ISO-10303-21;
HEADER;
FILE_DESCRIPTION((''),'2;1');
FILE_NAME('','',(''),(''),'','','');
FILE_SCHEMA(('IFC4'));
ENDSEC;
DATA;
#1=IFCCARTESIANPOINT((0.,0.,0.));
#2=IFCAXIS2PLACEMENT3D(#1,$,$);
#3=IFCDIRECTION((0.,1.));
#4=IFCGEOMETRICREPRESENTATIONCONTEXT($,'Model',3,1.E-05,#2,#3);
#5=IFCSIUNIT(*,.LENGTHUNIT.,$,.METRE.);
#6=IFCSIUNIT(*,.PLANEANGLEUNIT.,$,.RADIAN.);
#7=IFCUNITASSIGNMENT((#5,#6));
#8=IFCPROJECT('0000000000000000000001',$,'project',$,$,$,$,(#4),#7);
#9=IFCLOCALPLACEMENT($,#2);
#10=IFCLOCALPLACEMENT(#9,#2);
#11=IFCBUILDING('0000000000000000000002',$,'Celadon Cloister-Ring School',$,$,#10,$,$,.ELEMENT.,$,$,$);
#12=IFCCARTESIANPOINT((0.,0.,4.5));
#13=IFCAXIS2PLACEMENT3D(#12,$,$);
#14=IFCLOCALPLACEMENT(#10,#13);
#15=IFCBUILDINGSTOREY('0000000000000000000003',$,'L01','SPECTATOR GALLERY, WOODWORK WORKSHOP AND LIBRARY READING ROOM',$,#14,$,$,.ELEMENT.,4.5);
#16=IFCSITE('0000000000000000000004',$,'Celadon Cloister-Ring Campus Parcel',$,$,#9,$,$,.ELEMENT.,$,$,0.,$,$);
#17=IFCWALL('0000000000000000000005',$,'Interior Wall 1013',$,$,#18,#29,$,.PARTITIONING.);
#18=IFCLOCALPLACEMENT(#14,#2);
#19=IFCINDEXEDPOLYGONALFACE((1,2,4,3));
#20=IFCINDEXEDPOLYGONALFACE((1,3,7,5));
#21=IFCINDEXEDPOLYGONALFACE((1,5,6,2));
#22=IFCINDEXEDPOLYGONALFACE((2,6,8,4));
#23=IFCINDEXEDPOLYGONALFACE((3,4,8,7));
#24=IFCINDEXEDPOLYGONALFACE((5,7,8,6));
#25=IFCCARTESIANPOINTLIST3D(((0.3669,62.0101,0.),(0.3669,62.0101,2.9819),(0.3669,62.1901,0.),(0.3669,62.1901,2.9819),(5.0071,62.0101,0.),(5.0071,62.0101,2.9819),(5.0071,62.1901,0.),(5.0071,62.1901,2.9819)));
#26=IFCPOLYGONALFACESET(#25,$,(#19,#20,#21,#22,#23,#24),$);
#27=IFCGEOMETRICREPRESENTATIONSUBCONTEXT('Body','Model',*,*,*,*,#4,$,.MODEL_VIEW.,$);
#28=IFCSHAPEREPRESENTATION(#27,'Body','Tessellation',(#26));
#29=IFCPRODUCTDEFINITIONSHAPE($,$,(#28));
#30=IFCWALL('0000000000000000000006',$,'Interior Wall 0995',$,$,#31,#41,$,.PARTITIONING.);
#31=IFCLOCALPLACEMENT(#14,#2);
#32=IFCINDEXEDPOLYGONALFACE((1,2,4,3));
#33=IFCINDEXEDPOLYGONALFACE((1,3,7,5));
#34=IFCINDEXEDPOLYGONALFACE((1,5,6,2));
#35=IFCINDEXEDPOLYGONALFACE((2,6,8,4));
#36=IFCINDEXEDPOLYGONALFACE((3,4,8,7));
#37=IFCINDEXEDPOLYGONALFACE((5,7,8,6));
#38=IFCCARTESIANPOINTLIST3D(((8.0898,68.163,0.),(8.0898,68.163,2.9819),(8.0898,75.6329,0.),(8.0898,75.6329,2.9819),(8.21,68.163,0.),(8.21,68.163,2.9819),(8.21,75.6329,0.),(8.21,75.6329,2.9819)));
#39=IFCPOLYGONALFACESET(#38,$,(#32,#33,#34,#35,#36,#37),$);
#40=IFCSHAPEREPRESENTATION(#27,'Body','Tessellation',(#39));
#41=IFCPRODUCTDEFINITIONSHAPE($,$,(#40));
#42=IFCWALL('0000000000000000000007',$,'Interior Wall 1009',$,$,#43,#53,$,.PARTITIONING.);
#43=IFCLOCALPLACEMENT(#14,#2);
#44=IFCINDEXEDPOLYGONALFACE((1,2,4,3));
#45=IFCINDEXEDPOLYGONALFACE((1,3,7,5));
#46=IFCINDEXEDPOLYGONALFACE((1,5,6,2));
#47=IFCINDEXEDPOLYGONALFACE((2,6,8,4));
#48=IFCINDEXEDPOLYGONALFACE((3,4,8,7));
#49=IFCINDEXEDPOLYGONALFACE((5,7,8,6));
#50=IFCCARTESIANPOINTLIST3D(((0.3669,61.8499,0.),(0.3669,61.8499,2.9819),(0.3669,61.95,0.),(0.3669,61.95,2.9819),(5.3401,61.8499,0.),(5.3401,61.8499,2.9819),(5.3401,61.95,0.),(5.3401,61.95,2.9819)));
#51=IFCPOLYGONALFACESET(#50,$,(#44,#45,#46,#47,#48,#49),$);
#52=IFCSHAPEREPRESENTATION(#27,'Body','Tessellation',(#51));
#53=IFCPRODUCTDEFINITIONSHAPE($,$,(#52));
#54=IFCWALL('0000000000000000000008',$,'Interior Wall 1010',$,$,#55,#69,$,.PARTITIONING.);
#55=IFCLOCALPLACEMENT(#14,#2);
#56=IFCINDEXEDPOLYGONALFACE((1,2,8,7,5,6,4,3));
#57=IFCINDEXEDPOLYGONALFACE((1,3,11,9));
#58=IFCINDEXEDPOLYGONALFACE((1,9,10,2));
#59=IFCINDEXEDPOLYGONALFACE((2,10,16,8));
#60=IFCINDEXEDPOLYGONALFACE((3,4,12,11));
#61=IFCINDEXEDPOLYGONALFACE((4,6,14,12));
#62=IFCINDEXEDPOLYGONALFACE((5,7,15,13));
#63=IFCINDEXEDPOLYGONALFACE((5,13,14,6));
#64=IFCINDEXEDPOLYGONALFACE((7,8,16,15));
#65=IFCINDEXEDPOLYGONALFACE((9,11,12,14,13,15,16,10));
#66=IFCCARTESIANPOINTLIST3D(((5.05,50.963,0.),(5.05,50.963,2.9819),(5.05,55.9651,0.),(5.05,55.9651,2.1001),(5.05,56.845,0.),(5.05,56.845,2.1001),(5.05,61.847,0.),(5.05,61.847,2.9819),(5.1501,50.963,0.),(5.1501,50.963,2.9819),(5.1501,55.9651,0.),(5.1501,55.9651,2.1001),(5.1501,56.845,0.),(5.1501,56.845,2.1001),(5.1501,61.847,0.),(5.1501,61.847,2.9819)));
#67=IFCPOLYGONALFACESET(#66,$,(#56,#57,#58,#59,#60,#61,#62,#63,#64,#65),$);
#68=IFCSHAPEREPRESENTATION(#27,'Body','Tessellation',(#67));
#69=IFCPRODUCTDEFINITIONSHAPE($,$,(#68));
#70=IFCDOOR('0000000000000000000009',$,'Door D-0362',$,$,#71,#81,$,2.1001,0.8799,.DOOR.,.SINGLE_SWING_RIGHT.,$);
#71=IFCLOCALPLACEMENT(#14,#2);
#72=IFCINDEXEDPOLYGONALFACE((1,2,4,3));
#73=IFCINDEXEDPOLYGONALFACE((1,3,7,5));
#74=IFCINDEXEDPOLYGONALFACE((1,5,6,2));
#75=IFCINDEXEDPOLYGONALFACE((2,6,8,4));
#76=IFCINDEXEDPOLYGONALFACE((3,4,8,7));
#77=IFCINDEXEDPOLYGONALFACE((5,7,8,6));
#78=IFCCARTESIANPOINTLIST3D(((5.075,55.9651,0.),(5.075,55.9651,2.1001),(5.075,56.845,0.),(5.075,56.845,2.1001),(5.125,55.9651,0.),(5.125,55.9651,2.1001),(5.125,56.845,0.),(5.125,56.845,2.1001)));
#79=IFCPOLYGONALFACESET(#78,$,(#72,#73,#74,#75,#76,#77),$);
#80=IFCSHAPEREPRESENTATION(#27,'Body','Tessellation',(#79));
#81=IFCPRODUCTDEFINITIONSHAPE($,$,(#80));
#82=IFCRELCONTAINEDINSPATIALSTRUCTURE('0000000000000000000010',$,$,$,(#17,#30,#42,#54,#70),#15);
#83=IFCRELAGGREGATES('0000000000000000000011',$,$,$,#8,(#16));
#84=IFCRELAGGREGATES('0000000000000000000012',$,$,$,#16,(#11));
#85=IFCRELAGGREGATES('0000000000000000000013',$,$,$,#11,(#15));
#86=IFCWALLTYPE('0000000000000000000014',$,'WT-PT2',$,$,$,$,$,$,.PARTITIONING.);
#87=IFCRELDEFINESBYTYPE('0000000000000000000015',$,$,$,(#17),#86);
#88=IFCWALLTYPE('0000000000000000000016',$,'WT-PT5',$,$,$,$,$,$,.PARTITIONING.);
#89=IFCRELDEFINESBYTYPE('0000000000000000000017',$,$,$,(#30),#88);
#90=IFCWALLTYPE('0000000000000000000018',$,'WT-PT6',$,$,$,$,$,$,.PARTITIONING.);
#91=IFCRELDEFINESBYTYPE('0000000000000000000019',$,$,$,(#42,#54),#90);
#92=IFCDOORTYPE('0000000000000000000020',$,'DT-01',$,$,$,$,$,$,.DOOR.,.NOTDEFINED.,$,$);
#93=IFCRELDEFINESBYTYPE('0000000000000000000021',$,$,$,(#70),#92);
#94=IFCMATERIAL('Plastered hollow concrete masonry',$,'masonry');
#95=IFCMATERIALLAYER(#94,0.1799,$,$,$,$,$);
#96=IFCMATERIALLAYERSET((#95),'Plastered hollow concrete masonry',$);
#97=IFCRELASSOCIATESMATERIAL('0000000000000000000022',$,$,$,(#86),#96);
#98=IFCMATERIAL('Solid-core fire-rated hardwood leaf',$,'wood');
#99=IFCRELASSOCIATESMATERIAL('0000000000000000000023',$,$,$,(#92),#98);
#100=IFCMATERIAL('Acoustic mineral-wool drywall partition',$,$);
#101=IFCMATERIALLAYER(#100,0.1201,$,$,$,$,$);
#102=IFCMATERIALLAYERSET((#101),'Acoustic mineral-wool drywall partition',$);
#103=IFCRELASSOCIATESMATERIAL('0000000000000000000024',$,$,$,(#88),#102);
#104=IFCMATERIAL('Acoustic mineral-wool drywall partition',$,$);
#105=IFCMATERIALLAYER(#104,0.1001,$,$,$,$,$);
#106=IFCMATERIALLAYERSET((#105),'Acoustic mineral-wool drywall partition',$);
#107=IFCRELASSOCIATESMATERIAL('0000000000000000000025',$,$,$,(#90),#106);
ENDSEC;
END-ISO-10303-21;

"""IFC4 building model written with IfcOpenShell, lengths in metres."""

from ifc_helpers import new_model, si_unit, direction, frame, frame_2d, origin, place, context, subcontext, project, spatial, rectangle, extrude, material, layer, layer_set, type_object, element, fill, save


model = new_model("IFC4")

# Units and contexts
model_context = context("Model", 3, precision=1e-05, world=origin(), true_north=direction((0.0, 1.0)))
body_context = subcontext(model_context, "Body", "Model", "MODEL_VIEW")
ifc_project = project(units=[si_unit("LENGTHUNIT", "METRE"), si_unit("PLANEANGLEUNIT", "RADIAN")], contexts=[model_context])

# Site, building, storey
site_placement = place(None, origin())
site = spatial("IfcSite", under=ifc_project, at=site_placement, Name="Celadon Cloister-Ring Campus Parcel", CompositionType="ELEMENT", RefElevation=0.0)
building_placement = place(site_placement, origin())
building = spatial("IfcBuilding", under=site, at=building_placement, Name="Celadon Cloister-Ring School", CompositionType="ELEMENT")
storey_placement = place(building_placement, frame((0.0, 0.0, 4.5)))
storey = spatial("IfcBuildingStorey", under=building, at=storey_placement, Name="L01", Description="SPECTATOR GALLERY, WOODWORK WORKSHOP AND LIBRARY READING ROOM", CompositionType="ELEMENT", Elevation=4.5)

# Shared definitions
ifc_material_1 = material(Name="Plastered hollow concrete masonry", Category="masonry")
ifc_layer_1 = layer(ifc_material_1, 0.1799)
ifc_layer_set_1 = layer_set([ifc_layer_1], Name="Plastered hollow concrete masonry")
wall_type_1 = type_object("IfcWallType", Name="WT-PT2", PredefinedType="PARTITIONING", material=ifc_layer_set_1)

# Shared definitions
ifc_material_2 = material(Name="Solid-core fire-rated hardwood leaf", Category="wood")
door_type_1 = type_object("IfcDoorType", Name="DT-01", OperationType="NOTDEFINED", PredefinedType="DOOR", material=ifc_material_2)

# Walls
wall_1_placement = place(storey_placement, frame((5.0071, 62.1001, 0.0), z_axis=(0.0, 0.0, 1.0), x_axis=(-1.0, 0.0, 0.0)))
element("IfcWall", 1, at=wall_1_placement, inside=storey, type_object=wall_type_1, Name="Interior Wall 1013", PredefinedType="PARTITIONING", context=body_context, shape_type="SweptSolid", body=[
    extrude(rectangle(XDim=4.6401, YDim=0.1799, at=frame_2d((2.3201, 0.0))), origin(), (0.0, 0.0, 1.0), 2.9819),
])
ifc_material_3 = material(Name="Acoustic mineral-wool drywall partition")
ifc_layer_2 = layer(ifc_material_3, 0.1201)
ifc_layer_set_2 = layer_set([ifc_layer_2], Name="Acoustic mineral-wool drywall partition")
wall_type_2 = type_object("IfcWallType", Name="WT-PT5", PredefinedType="PARTITIONING", material=ifc_layer_set_2)
wall_2_placement = place(storey_placement, frame((8.1499, 68.1631, 0.0), z_axis=(0.0, 0.0, 1.0), x_axis=(0.0, 1.0, 0.0)))
element("IfcWall", 2, at=wall_2_placement, inside=storey, type_object=wall_type_2, Name="Interior Wall 0995", PredefinedType="PARTITIONING", context=body_context, shape_type="SweptSolid", body=[
    extrude(rectangle(XDim=7.47, YDim=0.1201, at=frame_2d((3.7349, 0.0))), origin(), (0.0, 0.0, 1.0), 2.9819),
])
ifc_material_4 = material(Name="Acoustic mineral-wool drywall partition")
ifc_layer_3 = layer(ifc_material_4, 0.1001)
ifc_layer_set_3 = layer_set([ifc_layer_3], Name="Acoustic mineral-wool drywall partition")
wall_type_3 = type_object("IfcWallType", Name="WT-PT6", PredefinedType="PARTITIONING", material=ifc_layer_set_3)
wall_3_placement = place(storey_placement, frame((0.3669, 61.8999, 0.0), z_axis=(0.0, 0.0, 1.0), x_axis=(1.0, 0.0, 0.0)))
element("IfcWall", 3, at=wall_3_placement, inside=storey, type_object=wall_type_3, Name="Interior Wall 1009", PredefinedType="PARTITIONING", context=body_context, shape_type="SweptSolid", body=[
    extrude(rectangle(XDim=4.9731, YDim=0.1001, at=frame_2d((2.4866, 0.0))), origin(), (0.0, 0.0, 1.0), 2.9819),
])

# Wall, opening, door
wall_4_placement = place(storey_placement, frame((5.1001, 61.8469, 0.0), z_axis=(0.0, 0.0, 1.0), x_axis=(0.0, -1.0, 0.0)))
wall_4 = element("IfcWall", 4, at=wall_4_placement, inside=storey, type_object=wall_type_3, Name="Interior Wall 1010", PredefinedType="PARTITIONING", context=body_context, shape_type="SweptSolid", body=[
    extrude(rectangle(XDim=10.884, YDim=0.1001, at=frame_2d((5.4419, 0.0))), origin(), (0.0, 0.0, 1.0), 2.9819),
])
opening_1_placement = place(wall_4_placement, frame((5.002, 0.0, 0.0)))
opening_1 = element("IfcOpeningElement", 5, at=opening_1_placement, cuts=wall_4, PredefinedType="OPENING", context=body_context, shape_type="SweptSolid", body=[
    extrude(rectangle(XDim=0.8799, YDim=2.1001, at=frame_2d((0.4399, 1.05))), frame((0.0, 0.0601, 0.0), z_axis=(0.0, -1.0, 0.0), x_axis=(1.0, 0.0, 0.0)), (0.0, 0.0, 1.0), 0.1201),
])
door_1_placement = place(opening_1_placement, origin())
door_1 = element("IfcDoor", 6, at=door_1_placement, inside=storey, type_object=door_type_1, Name="Door D-0362", OperationType="SINGLE_SWING_RIGHT", OverallHeight=2.1001, OverallWidth=0.8799, PredefinedType="DOOR", context=body_context, shape_type="SweptSolid", body=[
    extrude(rectangle(XDim=0.8799, YDim=2.1001, at=frame_2d((0.4399, 1.05))), frame((0.0, 0.0249, 0.0), z_axis=(0.0, -1.0, 0.0), x_axis=(1.0, 0.0, 0.0)), (0.0, 0.0, 1.0), 0.05),
])
fill(opening_1, door_1)

save(model, "model.ifc")
